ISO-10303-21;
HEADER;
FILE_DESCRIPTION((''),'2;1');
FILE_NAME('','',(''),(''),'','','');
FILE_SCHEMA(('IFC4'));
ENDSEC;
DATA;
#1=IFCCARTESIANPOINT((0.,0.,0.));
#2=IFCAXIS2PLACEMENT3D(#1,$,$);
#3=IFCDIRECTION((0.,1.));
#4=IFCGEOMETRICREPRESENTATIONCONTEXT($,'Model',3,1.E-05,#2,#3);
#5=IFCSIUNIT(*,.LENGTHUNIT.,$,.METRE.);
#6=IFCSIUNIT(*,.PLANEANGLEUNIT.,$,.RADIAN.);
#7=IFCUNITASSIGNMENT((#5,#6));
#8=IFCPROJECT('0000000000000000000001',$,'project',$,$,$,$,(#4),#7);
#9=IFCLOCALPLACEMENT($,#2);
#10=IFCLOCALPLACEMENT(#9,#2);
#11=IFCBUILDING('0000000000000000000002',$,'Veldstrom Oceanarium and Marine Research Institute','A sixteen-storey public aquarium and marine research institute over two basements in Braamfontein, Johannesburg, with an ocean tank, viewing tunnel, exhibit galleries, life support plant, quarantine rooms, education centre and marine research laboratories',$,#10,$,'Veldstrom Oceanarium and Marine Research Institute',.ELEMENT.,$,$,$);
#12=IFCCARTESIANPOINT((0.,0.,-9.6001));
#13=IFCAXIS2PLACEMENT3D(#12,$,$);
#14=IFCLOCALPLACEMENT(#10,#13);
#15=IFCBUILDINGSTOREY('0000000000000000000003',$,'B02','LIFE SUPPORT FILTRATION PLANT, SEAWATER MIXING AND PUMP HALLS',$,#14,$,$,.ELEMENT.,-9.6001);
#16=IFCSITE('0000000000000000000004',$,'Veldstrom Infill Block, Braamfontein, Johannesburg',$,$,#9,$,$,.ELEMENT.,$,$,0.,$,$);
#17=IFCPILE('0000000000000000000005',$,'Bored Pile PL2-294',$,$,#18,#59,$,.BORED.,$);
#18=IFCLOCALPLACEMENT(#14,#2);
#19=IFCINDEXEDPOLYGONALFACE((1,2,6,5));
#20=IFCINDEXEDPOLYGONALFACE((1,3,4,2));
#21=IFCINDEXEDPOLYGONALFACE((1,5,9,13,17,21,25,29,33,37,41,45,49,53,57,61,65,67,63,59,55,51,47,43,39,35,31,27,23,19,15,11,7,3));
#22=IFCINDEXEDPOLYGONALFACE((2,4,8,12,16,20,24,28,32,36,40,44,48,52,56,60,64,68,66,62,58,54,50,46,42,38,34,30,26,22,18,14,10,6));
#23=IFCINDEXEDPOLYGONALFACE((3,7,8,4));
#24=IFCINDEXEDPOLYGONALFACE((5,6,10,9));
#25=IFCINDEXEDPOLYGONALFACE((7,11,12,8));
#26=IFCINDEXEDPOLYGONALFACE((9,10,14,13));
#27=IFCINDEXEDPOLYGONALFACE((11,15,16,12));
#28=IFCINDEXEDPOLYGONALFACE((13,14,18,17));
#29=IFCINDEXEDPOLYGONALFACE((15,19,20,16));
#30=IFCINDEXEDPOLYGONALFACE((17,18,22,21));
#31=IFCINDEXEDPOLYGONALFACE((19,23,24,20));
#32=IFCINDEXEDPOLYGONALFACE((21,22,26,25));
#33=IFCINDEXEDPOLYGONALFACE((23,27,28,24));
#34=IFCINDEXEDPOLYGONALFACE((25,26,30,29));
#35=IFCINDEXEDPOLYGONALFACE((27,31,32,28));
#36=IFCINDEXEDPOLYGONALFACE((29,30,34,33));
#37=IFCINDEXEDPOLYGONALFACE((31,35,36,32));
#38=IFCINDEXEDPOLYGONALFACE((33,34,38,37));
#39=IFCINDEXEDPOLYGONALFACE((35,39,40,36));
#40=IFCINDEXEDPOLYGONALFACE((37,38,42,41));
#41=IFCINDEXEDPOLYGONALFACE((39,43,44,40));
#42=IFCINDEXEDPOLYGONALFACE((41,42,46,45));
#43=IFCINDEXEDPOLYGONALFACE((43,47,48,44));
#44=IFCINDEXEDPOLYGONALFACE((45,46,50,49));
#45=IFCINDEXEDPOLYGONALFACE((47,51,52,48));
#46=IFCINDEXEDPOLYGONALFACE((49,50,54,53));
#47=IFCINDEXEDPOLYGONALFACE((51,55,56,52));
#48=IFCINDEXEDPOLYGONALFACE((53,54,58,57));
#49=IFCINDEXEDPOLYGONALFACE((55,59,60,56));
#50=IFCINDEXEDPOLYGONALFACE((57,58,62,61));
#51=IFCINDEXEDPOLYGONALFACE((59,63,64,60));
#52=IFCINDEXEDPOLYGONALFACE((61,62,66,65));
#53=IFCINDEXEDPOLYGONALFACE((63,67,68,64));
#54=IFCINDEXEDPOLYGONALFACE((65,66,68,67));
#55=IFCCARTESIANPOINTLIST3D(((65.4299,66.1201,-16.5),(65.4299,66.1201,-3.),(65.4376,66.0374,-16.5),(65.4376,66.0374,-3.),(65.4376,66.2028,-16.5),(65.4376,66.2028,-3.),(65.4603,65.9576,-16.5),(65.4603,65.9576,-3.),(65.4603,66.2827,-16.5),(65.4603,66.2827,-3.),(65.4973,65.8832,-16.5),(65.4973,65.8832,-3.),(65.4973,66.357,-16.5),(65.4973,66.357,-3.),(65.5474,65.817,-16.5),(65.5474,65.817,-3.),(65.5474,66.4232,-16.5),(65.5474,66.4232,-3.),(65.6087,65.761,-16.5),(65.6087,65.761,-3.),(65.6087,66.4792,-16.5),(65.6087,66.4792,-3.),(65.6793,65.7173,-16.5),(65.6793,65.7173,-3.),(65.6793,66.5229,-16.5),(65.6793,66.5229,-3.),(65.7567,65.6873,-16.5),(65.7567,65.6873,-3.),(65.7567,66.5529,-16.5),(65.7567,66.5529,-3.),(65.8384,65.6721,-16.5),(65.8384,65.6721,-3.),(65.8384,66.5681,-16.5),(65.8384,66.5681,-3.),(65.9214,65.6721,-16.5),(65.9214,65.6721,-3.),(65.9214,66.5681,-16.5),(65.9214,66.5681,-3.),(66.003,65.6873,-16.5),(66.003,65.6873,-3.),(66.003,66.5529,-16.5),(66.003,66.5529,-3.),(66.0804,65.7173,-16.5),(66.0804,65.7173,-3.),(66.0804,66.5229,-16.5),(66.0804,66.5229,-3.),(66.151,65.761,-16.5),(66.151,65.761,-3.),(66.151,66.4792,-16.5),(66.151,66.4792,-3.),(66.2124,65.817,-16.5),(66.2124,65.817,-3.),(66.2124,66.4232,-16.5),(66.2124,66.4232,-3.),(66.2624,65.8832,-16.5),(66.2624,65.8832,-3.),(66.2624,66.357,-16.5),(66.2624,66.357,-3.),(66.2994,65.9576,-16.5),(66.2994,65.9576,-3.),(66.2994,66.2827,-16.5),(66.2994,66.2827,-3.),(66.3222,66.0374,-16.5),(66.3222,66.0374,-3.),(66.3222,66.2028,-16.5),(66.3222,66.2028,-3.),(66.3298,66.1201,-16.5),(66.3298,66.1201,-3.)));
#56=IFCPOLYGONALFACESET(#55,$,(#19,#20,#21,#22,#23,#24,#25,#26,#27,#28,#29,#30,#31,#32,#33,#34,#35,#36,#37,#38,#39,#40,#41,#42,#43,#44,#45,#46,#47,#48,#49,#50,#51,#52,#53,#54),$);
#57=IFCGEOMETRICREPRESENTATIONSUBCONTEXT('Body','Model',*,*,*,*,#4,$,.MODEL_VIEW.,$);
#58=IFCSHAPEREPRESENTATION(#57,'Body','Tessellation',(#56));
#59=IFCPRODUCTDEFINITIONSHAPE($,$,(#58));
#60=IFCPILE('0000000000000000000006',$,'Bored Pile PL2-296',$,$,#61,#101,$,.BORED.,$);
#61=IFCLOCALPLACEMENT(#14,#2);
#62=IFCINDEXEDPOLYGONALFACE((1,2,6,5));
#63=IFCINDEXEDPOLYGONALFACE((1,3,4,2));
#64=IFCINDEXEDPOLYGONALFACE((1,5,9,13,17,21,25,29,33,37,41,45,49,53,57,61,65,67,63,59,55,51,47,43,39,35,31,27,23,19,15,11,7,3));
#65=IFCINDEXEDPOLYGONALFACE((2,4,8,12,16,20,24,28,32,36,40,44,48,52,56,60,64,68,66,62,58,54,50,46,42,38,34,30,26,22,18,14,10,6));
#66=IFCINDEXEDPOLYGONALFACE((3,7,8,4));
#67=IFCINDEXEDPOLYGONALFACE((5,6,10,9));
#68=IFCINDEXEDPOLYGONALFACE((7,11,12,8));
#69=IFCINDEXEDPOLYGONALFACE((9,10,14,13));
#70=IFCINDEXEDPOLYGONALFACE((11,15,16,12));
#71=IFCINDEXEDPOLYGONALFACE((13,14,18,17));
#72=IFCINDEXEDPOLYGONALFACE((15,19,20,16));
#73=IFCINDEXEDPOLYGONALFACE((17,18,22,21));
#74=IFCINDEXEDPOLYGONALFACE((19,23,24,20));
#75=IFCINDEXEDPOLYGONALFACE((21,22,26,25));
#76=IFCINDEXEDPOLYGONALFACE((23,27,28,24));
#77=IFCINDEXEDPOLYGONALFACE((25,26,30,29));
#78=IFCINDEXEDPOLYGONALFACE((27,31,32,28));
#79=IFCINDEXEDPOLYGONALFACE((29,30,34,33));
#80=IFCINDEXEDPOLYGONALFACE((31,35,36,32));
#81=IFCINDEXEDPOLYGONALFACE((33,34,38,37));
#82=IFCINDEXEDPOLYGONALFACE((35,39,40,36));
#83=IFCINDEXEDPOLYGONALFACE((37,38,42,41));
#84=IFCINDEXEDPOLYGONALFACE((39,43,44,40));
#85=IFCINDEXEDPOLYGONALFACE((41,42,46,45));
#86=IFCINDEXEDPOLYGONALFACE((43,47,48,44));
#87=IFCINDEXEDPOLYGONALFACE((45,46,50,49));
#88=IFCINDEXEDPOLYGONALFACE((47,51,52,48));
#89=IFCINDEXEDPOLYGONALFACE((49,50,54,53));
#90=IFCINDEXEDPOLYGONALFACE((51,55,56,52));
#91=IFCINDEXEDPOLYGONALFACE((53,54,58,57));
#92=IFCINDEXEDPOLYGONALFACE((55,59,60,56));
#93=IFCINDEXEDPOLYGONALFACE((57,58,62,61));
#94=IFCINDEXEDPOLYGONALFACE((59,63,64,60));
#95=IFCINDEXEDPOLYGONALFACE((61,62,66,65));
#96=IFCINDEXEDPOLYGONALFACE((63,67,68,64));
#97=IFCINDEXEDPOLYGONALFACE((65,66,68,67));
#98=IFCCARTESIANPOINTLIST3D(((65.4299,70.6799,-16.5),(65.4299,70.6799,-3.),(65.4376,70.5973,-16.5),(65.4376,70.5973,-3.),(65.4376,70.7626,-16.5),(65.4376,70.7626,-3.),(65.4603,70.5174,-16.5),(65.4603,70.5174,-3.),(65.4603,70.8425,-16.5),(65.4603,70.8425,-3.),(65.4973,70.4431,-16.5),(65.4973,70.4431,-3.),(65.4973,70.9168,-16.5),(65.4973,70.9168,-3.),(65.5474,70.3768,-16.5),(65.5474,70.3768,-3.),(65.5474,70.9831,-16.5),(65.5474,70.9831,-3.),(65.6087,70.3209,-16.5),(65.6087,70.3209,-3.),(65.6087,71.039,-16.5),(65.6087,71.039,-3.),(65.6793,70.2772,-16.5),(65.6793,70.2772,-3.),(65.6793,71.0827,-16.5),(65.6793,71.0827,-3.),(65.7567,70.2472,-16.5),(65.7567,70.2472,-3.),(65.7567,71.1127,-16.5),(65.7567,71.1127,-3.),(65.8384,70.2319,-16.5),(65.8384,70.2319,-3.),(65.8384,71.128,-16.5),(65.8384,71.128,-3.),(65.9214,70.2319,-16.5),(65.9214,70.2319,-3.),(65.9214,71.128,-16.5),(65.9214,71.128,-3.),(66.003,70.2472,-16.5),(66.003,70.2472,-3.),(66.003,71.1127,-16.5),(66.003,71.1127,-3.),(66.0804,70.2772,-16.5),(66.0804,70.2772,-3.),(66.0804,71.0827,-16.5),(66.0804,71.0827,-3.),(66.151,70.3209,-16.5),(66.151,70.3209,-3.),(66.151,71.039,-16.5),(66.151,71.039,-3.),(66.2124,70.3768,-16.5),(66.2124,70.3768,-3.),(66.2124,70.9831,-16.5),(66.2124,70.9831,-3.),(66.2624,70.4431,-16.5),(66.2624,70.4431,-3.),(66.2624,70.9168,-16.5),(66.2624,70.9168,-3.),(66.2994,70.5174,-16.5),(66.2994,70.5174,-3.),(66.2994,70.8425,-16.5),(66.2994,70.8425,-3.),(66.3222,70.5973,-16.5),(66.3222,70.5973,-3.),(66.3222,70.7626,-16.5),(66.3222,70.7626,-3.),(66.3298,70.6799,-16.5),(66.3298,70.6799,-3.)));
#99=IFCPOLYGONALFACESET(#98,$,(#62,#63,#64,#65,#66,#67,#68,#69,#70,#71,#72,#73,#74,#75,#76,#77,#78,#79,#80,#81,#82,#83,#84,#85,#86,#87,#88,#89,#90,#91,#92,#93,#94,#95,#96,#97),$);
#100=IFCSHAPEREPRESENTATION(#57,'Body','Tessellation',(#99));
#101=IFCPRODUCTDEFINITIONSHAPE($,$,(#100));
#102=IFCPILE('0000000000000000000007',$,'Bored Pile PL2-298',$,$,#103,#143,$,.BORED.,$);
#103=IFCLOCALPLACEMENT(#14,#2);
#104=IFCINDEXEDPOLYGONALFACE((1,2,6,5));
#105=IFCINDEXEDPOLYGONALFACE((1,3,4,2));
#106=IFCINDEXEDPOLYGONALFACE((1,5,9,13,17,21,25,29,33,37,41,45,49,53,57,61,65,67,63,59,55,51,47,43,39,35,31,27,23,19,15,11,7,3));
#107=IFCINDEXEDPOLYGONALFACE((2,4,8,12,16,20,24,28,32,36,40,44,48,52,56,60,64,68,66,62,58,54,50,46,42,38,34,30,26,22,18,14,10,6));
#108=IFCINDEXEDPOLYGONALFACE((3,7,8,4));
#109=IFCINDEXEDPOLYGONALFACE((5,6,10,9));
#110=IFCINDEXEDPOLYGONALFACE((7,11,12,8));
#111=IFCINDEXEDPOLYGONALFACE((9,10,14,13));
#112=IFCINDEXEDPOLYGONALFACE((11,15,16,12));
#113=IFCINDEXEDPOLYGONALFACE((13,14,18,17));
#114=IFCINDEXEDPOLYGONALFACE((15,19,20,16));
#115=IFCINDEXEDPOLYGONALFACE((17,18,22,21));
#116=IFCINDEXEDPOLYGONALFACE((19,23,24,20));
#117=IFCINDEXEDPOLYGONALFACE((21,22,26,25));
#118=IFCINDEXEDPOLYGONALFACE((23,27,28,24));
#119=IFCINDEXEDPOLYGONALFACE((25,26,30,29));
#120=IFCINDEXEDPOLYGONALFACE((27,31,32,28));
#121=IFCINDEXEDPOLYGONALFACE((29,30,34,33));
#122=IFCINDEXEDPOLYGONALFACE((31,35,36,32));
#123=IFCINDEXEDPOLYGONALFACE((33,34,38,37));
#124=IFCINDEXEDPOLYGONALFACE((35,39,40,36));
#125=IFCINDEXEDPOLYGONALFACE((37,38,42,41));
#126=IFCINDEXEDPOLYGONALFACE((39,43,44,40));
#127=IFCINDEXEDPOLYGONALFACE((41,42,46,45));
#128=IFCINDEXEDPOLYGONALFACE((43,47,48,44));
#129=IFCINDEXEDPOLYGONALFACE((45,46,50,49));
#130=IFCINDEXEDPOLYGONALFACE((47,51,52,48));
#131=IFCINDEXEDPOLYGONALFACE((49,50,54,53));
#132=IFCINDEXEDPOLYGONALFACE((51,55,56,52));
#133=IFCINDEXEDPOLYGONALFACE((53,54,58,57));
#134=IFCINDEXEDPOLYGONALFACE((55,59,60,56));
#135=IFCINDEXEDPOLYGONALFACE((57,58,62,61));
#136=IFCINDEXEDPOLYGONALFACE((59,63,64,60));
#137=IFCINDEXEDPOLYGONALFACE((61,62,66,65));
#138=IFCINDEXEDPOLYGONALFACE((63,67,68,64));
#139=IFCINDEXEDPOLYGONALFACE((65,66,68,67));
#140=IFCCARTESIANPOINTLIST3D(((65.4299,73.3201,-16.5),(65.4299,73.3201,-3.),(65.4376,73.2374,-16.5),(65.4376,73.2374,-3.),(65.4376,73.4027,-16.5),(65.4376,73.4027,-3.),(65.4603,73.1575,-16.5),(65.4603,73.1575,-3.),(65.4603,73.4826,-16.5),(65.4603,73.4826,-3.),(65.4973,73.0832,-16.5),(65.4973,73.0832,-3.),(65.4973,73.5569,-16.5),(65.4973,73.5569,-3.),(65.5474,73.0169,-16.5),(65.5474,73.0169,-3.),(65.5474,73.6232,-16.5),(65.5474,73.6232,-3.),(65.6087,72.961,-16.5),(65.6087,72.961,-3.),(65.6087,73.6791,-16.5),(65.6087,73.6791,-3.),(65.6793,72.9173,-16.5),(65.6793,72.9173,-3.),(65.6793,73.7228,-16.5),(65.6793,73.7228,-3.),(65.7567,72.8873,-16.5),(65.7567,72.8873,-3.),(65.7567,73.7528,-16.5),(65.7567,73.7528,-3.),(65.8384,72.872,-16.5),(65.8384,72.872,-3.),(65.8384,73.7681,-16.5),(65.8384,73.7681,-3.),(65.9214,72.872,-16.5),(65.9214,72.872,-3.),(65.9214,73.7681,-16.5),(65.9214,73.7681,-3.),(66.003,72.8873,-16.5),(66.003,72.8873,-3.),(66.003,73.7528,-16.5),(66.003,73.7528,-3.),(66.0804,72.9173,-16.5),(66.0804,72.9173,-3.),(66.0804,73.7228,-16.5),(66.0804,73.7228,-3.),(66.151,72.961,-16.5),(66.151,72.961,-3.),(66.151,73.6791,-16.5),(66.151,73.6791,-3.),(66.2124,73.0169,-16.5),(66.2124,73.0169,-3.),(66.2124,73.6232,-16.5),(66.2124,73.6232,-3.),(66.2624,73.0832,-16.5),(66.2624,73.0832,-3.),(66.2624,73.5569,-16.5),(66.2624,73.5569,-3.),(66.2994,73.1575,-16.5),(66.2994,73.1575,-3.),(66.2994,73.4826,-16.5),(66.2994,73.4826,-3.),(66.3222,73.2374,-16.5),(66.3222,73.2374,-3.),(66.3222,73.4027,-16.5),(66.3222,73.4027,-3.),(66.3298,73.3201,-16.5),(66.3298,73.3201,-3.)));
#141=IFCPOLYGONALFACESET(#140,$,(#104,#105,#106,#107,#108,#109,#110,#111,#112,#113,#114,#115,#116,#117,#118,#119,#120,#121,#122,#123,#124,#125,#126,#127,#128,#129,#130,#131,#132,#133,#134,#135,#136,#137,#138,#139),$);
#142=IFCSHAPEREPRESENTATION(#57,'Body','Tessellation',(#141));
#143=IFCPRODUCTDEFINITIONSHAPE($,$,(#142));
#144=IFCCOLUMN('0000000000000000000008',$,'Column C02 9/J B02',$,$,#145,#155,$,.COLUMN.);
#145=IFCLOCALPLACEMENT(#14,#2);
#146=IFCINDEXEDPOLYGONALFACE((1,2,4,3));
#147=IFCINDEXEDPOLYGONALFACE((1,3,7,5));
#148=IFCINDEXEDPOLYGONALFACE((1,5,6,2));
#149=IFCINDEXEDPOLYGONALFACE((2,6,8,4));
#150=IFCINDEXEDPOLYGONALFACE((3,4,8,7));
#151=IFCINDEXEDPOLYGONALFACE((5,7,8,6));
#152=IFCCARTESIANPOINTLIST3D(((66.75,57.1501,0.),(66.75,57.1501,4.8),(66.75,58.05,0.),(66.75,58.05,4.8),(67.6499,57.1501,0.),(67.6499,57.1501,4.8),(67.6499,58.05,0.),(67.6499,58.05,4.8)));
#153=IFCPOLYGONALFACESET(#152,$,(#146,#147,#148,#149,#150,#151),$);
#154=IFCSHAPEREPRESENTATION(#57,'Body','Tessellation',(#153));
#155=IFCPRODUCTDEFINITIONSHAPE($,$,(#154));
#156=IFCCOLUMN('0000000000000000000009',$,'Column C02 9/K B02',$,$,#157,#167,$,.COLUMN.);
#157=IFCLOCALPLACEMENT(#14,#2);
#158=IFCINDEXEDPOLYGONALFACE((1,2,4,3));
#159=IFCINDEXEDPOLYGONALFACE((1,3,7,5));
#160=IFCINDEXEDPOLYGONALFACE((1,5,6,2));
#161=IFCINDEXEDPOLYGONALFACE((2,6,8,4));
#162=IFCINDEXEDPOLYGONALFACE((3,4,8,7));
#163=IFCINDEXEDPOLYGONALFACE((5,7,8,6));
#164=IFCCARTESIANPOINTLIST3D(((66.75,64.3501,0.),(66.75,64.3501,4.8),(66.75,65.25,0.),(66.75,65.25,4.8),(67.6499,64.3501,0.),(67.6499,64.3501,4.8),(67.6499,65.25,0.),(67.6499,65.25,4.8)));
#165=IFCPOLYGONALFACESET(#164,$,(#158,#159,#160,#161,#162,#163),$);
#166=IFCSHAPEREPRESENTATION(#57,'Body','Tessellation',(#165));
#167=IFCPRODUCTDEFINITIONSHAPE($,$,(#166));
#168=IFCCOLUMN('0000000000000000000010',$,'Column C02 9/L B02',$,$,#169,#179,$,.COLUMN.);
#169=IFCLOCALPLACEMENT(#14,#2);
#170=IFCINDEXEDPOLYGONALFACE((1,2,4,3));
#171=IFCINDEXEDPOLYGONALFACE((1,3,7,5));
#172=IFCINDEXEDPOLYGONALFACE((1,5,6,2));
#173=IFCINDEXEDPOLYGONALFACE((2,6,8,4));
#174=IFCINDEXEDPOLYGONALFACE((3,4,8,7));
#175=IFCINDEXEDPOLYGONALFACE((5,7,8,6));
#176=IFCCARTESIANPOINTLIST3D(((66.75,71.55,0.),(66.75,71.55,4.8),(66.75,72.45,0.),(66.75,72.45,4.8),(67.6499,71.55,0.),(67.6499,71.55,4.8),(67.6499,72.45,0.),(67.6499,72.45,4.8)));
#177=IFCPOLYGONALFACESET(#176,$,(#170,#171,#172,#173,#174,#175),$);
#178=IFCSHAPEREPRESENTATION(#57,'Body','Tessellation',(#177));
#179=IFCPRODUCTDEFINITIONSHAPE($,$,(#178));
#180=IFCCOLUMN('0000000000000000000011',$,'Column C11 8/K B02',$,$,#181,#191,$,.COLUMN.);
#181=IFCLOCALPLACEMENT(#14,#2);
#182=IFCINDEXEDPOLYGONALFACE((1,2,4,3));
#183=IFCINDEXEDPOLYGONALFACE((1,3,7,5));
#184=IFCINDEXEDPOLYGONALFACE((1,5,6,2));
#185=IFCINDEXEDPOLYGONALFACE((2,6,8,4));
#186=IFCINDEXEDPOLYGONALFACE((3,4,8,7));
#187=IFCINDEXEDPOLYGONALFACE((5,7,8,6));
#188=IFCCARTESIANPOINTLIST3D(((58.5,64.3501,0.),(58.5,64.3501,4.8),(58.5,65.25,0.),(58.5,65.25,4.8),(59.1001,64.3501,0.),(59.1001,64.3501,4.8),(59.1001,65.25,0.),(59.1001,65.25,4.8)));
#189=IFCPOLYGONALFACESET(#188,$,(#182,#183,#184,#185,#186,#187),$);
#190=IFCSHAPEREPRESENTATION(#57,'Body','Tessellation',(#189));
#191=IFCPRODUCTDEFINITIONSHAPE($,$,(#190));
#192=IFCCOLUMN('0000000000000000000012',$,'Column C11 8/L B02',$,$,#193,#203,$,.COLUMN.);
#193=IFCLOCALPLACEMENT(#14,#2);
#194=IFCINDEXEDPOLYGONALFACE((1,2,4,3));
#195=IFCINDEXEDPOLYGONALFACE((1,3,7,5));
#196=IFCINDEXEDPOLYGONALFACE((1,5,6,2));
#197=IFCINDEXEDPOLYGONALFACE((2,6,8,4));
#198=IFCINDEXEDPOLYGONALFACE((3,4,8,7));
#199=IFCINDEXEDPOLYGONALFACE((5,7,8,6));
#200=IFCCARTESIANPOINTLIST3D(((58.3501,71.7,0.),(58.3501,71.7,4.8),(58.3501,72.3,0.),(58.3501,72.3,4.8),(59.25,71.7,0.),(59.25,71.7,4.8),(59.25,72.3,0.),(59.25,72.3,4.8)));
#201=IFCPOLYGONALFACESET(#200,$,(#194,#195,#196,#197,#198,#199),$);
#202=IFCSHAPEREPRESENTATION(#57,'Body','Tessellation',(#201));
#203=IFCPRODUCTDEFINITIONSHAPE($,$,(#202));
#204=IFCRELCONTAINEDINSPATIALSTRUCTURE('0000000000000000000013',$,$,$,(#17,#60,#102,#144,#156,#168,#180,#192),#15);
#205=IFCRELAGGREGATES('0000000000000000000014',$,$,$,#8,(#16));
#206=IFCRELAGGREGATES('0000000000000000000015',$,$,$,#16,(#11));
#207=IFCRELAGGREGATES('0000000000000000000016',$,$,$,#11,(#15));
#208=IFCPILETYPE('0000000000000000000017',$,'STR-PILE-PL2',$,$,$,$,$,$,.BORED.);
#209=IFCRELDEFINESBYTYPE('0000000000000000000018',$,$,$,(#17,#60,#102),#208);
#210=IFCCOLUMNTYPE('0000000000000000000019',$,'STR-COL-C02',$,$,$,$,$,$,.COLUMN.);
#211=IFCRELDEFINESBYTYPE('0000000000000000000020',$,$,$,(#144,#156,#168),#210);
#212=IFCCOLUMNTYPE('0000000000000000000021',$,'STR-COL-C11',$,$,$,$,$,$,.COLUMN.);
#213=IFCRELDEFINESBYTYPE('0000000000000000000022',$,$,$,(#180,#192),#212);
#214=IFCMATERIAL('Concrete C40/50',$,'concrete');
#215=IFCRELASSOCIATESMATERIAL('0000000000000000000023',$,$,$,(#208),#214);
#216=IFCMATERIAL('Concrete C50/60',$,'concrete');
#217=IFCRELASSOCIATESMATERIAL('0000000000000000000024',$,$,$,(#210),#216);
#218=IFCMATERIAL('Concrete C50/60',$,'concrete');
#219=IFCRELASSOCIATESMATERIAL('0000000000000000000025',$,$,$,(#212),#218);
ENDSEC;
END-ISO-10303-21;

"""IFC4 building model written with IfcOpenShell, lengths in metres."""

from ifc_helpers import new_model, si_unit, direction, frame, origin, origin_2d, place, context, subcontext, project, spatial, rectangle, circle, extrude, material, material_profile, profile_set, type_object, element, save


model = new_model("IFC4")

# Units and contexts
model_context = context("Model", 3, precision=1e-05, world=origin(), true_north=direction((0.0, 1.0)))
body_context = subcontext(model_context, "Body", "Model", "MODEL_VIEW")
ifc_project = project(units=[si_unit("LENGTHUNIT", "METRE"), si_unit("PLANEANGLEUNIT", "RADIAN")], contexts=[model_context])

# Site, building, storey
site_placement = place(None, origin())
site = spatial("IfcSite", under=ifc_project, at=site_placement, Name="Veldstrom Infill Block, Braamfontein, Johannesburg", CompositionType="ELEMENT", RefElevation=0.0)
building_placement = place(site_placement, origin())
building = spatial("IfcBuilding", under=site, at=building_placement, Name="Veldstrom Oceanarium and Marine Research Institute", Description="A sixteen-storey public aquarium and marine research institute over two basements in Braamfontein, Johannesburg, with an ocean tank, viewing tunnel, exhibit galleries, life support plant, quarantine rooms, education centre and marine research laboratories", LongName="Veldstrom Oceanarium and Marine Research Institute", CompositionType="ELEMENT")
storey_placement = place(building_placement, frame((0.0, 0.0, -9.6001)))
storey = spatial("IfcBuildingStorey", under=building, at=storey_placement, Name="B02", Description="LIFE SUPPORT FILTRATION PLANT, SEAWATER MIXING AND PUMP HALLS", CompositionType="ELEMENT", Elevation=-9.6001)

# Piles
ifc_material_1 = material(Name="Concrete C40/50", Category="concrete")
ifc_material_profile_1 = material_profile(ifc_material_1, circle(Radius=0.45, at=origin_2d()), Name="PILE-D900")
ifc_profile_set_1 = profile_set([ifc_material_profile_1], Name="Concrete C40/50")
pile_type_1 = type_object("IfcPileType", Name="STR-PILE-PL2", PredefinedType="BORED", material=ifc_profile_set_1)
for number, where, z_axis, x_axis, name in (
    (1, (65.8799, 66.1201, -3.0), (0.0, 0.0, -1.0), (1.0, 0.0, 0.0), "Bored Pile PL2-294"),
    (2, (65.8799, 70.6799, -3.0), (0.0, 0.0, -1.0), (1.0, 0.0, 0.0), "Bored Pile PL2-296"),
    (3, (65.8799, 73.3201, -3.0), (0.0, 0.0, -1.0), (1.0, 0.0, 0.0), "Bored Pile PL2-298"),
):
    element("IfcPile", number, at=place(storey_placement, frame(where, z_axis=z_axis, x_axis=x_axis)), inside=storey, type_object=pile_type_1, Name=name, PredefinedType="BORED", context=body_context, shape_type="SweptSolid", body=[
        extrude(circle(Radius=0.45, at=origin_2d()), origin(), (0.0, 0.0, 1.0), 13.5),
    ])

# Columns
ifc_material_2 = material(Name="Concrete C50/60", Category="concrete")
ifc_material_profile_2 = material_profile(ifc_material_2, rectangle(XDim=0.8999, YDim=0.8999, at=origin_2d()), Name="RC-COL-900x900")
ifc_profile_set_2 = profile_set([ifc_material_profile_2], Name="Concrete C50/60")
column_type_1 = type_object("IfcColumnType", Name="STR-COL-C02", PredefinedType="COLUMN", material=ifc_profile_set_2)
for number, where, z_axis, x_axis, name in (
    (4, (67.2, 57.6001, 0.0), (0.0, 0.0, 1.0), (1.0, 0.0, 0.0), "Column C02 9/J B02"),
    (5, (67.2, 64.8, 0.0), (0.0, 0.0, 1.0), (1.0, 0.0, 0.0), "Column C02 9/K B02"),
    (6, (67.2, 72.0, 0.0), (0.0, 0.0, 1.0), (1.0, 0.0, 0.0), "Column C02 9/L B02"),
):
    element("IfcColumn", number, at=place(storey_placement, frame(where, z_axis=z_axis, x_axis=x_axis)), inside=storey, type_object=column_type_1, Name=name, PredefinedType="COLUMN", context=body_context, shape_type="SweptSolid", body=[
        extrude(rectangle(XDim=0.8999, YDim=0.8999, at=origin_2d()), origin(), (0.0, 0.0, 1.0), 4.8),
    ])
ifc_material_3 = material(Name="Concrete C50/60", Category="concrete")
ifc_material_profile_3 = material_profile(ifc_material_3, rectangle(XDim=0.6001, YDim=0.8999, at=origin_2d()), Name="RC-COL-900x600")
ifc_profile_set_3 = profile_set([ifc_material_profile_3], Name="Concrete C50/60")
column_type_2 = type_object("IfcColumnType", Name="STR-COL-C11", PredefinedType="COLUMN", material=ifc_profile_set_3)
for number, where, z_axis, x_axis, name in (
    (7, (58.8, 64.8, 0.0), (0.0, 0.0, 1.0), (1.0, 0.0, 0.0), "Column C11 8/K B02"),
    (8, (58.8, 72.0, 0.0), (0.0, 0.0, 1.0), (0.0, 1.0, 0.0), "Column C11 8/L B02"),
):
    element("IfcColumn", number, at=place(storey_placement, frame(where, z_axis=z_axis, x_axis=x_axis)), inside=storey, type_object=column_type_2, Name=name, PredefinedType="COLUMN", context=body_context, shape_type="SweptSolid", body=[
        extrude(rectangle(XDim=0.6001, YDim=0.8999, at=origin_2d()), origin(), (0.0, 0.0, 1.0), 4.8),
    ])

save(model, "model.ifc")
